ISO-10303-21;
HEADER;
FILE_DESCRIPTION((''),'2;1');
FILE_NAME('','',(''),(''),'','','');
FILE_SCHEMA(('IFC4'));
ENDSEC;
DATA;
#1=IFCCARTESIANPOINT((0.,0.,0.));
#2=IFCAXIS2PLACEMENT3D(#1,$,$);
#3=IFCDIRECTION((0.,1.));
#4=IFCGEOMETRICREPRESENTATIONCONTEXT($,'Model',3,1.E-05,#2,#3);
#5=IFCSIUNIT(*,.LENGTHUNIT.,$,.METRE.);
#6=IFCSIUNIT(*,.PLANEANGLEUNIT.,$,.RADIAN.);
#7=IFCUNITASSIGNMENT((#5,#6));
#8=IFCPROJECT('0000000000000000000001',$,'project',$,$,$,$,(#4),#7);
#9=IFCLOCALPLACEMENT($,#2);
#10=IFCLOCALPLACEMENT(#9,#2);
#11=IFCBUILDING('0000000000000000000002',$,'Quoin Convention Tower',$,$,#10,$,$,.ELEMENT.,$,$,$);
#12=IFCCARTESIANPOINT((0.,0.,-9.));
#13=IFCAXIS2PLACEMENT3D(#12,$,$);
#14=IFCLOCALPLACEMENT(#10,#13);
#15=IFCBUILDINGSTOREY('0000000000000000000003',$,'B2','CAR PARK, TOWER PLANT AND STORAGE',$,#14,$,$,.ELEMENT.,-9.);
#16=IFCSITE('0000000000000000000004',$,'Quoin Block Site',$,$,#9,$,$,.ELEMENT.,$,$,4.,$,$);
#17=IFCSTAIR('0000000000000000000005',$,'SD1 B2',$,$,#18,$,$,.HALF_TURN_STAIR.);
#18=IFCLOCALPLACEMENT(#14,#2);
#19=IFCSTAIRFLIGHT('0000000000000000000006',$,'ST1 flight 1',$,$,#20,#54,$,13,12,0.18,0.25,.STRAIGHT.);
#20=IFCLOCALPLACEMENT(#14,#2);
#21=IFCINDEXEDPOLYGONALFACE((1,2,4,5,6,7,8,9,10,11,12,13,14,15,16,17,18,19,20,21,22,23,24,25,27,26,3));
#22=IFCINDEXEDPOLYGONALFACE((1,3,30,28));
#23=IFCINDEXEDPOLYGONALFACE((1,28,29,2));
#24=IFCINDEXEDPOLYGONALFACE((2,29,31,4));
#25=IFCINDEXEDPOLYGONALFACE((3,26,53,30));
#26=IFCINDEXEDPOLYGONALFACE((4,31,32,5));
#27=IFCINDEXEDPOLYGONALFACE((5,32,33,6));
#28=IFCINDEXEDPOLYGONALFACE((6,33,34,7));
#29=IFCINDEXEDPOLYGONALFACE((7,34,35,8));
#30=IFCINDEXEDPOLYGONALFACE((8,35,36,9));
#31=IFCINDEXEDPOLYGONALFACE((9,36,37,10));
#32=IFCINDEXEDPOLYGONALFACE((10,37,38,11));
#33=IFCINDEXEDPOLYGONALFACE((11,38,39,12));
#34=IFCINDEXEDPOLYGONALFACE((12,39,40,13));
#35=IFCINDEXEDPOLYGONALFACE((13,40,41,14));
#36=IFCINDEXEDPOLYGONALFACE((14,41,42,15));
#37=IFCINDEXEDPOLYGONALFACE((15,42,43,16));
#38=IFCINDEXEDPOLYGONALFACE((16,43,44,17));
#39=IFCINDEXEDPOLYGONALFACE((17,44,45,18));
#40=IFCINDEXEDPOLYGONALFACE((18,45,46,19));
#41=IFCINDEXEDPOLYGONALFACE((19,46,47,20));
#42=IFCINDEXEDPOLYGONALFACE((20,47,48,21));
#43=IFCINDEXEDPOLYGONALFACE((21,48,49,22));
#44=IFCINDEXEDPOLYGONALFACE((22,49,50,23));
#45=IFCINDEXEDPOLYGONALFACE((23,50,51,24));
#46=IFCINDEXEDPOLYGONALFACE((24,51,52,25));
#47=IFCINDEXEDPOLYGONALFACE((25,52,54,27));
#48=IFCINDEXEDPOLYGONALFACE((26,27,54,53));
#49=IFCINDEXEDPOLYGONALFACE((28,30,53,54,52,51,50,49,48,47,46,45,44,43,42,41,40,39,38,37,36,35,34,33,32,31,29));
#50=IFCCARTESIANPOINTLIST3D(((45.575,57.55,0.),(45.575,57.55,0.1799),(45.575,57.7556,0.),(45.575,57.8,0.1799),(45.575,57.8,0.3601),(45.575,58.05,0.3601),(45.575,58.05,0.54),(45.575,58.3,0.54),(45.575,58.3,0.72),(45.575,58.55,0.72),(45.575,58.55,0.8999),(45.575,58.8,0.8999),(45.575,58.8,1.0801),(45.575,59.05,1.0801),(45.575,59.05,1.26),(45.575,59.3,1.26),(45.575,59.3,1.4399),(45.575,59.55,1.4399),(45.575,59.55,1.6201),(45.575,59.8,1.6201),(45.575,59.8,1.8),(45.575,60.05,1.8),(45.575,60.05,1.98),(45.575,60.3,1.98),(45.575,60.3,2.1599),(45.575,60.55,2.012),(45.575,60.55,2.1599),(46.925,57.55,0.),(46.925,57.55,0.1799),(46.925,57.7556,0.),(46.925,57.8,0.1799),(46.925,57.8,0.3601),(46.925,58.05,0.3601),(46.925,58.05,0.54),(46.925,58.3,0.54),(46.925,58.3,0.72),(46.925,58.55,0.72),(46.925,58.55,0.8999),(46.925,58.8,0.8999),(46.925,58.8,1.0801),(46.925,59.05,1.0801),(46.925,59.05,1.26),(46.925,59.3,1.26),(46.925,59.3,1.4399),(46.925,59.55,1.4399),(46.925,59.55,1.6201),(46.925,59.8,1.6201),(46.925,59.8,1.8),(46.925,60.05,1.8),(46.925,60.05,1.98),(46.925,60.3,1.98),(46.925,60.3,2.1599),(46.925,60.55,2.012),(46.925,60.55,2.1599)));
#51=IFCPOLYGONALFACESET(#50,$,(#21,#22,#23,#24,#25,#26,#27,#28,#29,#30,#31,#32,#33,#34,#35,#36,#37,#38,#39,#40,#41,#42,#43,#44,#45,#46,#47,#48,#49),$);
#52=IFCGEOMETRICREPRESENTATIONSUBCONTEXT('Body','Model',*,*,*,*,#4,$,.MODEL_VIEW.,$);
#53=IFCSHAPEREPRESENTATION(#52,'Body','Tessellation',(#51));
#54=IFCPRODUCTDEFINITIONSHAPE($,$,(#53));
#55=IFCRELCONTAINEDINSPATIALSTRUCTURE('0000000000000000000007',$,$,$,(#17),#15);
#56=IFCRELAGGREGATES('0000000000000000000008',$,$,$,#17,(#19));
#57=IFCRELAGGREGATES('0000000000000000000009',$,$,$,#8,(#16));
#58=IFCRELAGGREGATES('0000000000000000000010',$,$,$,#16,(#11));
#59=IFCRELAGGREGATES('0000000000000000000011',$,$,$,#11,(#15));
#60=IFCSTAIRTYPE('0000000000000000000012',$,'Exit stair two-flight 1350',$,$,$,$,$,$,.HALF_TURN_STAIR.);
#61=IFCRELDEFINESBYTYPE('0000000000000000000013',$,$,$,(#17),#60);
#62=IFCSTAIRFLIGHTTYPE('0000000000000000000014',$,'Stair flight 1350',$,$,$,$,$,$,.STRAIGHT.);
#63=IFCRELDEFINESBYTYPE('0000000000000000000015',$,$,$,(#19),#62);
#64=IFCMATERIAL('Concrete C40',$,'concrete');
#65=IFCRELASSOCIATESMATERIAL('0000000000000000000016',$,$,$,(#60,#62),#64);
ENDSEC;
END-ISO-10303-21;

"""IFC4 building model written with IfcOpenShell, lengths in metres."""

from ifc_helpers import new_model, si_unit, direction, frame, origin, place, context, subcontext, project, spatial, polyline, outline, extrude, material, type_object, element, aggregate, save


model = new_model("IFC4")

# Units and contexts
model_context = context("Model", 3, precision=1e-05, world=origin(), true_north=direction((0.0, 1.0)))
body_context = subcontext(model_context, "Body", "Model", "MODEL_VIEW")
ifc_project = project(units=[si_unit("LENGTHUNIT", "METRE"), si_unit("PLANEANGLEUNIT", "RADIAN")], contexts=[model_context])

# Site, building, storey
site_placement = place(None, origin())
site = spatial("IfcSite", under=ifc_project, at=site_placement, Name="Quoin Block Site", CompositionType="ELEMENT", RefElevation=4.0)
building_placement = place(site_placement, origin())
building = spatial("IfcBuilding", under=site, at=building_placement, Name="Quoin Convention Tower", CompositionType="ELEMENT")
storey_placement = place(building_placement, frame((0.0, 0.0, -9.0)))
storey = spatial("IfcBuildingStorey", under=building, at=storey_placement, Name="B2", Description="CAR PARK, TOWER PLANT AND STORAGE", CompositionType="ELEMENT", Elevation=-9.0)

# Shared definitions
ifc_material_1 = material(Name="Concrete C40", Category="concrete")

# Stair, stair flight
stair_type = type_object("IfcStairType", Name="Exit stair two-flight 1350", PredefinedType="HALF_TURN_STAIR", material=ifc_material_1)
stair_placement = place(storey_placement, origin())
stair = element("IfcStair", 1, at=stair_placement, inside=storey, type_object=stair_type, Name="SD1 B2", PredefinedType="HALF_TURN_STAIR")
stair_flight_type = type_object("IfcStairFlightType", Name="Stair flight 1350", PredefinedType="STRAIGHT", material=ifc_material_1)
stair_flight_placement = place(storey_placement, frame((46.25, 57.55, 0.0), z_axis=(0.0, 0.0, 1.0), x_axis=(0.0, 1.0, 0.0)))
stair_flight = element("IfcStairFlight", 2, at=stair_flight_placement, type_object=stair_flight_type, Name="ST1 flight 1", NumberOfRisers=13, NumberOfTreads=12, PredefinedType="STRAIGHT", RiserHeight=0.18, TreadLength=0.25, context=body_context, shape_type="SweptSolid", body=[
    extrude(outline(polyline([(0.0, 0.0), (0.0, 0.1799), (0.25, 0.1799), (0.25, 0.3601), (0.5, 0.3601), (0.5, 0.54), (0.75, 0.54), (0.75, 0.72), (1.0, 0.72), (1.0, 0.8999), (1.25, 0.8999), (1.25, 1.0801), (1.5, 1.0801), (1.5, 1.26), (1.75, 1.26), (1.75, 1.4399), (2.0, 1.4399), (2.0, 1.6201), (2.25, 1.6201), (2.25, 1.8), (2.5, 1.8), (2.5, 1.98), (2.75, 1.98), (2.75, 2.1599), (3.0, 2.1599), (3.0, 2.3401), (3.0, 2.012), (0.2056, 0.0), (0.0, 0.0)])), frame((0.0, 0.675, 0.0), z_axis=(0.0, -1.0, 0.0), x_axis=(1.0, 0.0, 0.0)), (0.0, 0.0, 1.0), 1.3501),
])
aggregate(stair, [stair_flight])

save(model, "model.ifc")
